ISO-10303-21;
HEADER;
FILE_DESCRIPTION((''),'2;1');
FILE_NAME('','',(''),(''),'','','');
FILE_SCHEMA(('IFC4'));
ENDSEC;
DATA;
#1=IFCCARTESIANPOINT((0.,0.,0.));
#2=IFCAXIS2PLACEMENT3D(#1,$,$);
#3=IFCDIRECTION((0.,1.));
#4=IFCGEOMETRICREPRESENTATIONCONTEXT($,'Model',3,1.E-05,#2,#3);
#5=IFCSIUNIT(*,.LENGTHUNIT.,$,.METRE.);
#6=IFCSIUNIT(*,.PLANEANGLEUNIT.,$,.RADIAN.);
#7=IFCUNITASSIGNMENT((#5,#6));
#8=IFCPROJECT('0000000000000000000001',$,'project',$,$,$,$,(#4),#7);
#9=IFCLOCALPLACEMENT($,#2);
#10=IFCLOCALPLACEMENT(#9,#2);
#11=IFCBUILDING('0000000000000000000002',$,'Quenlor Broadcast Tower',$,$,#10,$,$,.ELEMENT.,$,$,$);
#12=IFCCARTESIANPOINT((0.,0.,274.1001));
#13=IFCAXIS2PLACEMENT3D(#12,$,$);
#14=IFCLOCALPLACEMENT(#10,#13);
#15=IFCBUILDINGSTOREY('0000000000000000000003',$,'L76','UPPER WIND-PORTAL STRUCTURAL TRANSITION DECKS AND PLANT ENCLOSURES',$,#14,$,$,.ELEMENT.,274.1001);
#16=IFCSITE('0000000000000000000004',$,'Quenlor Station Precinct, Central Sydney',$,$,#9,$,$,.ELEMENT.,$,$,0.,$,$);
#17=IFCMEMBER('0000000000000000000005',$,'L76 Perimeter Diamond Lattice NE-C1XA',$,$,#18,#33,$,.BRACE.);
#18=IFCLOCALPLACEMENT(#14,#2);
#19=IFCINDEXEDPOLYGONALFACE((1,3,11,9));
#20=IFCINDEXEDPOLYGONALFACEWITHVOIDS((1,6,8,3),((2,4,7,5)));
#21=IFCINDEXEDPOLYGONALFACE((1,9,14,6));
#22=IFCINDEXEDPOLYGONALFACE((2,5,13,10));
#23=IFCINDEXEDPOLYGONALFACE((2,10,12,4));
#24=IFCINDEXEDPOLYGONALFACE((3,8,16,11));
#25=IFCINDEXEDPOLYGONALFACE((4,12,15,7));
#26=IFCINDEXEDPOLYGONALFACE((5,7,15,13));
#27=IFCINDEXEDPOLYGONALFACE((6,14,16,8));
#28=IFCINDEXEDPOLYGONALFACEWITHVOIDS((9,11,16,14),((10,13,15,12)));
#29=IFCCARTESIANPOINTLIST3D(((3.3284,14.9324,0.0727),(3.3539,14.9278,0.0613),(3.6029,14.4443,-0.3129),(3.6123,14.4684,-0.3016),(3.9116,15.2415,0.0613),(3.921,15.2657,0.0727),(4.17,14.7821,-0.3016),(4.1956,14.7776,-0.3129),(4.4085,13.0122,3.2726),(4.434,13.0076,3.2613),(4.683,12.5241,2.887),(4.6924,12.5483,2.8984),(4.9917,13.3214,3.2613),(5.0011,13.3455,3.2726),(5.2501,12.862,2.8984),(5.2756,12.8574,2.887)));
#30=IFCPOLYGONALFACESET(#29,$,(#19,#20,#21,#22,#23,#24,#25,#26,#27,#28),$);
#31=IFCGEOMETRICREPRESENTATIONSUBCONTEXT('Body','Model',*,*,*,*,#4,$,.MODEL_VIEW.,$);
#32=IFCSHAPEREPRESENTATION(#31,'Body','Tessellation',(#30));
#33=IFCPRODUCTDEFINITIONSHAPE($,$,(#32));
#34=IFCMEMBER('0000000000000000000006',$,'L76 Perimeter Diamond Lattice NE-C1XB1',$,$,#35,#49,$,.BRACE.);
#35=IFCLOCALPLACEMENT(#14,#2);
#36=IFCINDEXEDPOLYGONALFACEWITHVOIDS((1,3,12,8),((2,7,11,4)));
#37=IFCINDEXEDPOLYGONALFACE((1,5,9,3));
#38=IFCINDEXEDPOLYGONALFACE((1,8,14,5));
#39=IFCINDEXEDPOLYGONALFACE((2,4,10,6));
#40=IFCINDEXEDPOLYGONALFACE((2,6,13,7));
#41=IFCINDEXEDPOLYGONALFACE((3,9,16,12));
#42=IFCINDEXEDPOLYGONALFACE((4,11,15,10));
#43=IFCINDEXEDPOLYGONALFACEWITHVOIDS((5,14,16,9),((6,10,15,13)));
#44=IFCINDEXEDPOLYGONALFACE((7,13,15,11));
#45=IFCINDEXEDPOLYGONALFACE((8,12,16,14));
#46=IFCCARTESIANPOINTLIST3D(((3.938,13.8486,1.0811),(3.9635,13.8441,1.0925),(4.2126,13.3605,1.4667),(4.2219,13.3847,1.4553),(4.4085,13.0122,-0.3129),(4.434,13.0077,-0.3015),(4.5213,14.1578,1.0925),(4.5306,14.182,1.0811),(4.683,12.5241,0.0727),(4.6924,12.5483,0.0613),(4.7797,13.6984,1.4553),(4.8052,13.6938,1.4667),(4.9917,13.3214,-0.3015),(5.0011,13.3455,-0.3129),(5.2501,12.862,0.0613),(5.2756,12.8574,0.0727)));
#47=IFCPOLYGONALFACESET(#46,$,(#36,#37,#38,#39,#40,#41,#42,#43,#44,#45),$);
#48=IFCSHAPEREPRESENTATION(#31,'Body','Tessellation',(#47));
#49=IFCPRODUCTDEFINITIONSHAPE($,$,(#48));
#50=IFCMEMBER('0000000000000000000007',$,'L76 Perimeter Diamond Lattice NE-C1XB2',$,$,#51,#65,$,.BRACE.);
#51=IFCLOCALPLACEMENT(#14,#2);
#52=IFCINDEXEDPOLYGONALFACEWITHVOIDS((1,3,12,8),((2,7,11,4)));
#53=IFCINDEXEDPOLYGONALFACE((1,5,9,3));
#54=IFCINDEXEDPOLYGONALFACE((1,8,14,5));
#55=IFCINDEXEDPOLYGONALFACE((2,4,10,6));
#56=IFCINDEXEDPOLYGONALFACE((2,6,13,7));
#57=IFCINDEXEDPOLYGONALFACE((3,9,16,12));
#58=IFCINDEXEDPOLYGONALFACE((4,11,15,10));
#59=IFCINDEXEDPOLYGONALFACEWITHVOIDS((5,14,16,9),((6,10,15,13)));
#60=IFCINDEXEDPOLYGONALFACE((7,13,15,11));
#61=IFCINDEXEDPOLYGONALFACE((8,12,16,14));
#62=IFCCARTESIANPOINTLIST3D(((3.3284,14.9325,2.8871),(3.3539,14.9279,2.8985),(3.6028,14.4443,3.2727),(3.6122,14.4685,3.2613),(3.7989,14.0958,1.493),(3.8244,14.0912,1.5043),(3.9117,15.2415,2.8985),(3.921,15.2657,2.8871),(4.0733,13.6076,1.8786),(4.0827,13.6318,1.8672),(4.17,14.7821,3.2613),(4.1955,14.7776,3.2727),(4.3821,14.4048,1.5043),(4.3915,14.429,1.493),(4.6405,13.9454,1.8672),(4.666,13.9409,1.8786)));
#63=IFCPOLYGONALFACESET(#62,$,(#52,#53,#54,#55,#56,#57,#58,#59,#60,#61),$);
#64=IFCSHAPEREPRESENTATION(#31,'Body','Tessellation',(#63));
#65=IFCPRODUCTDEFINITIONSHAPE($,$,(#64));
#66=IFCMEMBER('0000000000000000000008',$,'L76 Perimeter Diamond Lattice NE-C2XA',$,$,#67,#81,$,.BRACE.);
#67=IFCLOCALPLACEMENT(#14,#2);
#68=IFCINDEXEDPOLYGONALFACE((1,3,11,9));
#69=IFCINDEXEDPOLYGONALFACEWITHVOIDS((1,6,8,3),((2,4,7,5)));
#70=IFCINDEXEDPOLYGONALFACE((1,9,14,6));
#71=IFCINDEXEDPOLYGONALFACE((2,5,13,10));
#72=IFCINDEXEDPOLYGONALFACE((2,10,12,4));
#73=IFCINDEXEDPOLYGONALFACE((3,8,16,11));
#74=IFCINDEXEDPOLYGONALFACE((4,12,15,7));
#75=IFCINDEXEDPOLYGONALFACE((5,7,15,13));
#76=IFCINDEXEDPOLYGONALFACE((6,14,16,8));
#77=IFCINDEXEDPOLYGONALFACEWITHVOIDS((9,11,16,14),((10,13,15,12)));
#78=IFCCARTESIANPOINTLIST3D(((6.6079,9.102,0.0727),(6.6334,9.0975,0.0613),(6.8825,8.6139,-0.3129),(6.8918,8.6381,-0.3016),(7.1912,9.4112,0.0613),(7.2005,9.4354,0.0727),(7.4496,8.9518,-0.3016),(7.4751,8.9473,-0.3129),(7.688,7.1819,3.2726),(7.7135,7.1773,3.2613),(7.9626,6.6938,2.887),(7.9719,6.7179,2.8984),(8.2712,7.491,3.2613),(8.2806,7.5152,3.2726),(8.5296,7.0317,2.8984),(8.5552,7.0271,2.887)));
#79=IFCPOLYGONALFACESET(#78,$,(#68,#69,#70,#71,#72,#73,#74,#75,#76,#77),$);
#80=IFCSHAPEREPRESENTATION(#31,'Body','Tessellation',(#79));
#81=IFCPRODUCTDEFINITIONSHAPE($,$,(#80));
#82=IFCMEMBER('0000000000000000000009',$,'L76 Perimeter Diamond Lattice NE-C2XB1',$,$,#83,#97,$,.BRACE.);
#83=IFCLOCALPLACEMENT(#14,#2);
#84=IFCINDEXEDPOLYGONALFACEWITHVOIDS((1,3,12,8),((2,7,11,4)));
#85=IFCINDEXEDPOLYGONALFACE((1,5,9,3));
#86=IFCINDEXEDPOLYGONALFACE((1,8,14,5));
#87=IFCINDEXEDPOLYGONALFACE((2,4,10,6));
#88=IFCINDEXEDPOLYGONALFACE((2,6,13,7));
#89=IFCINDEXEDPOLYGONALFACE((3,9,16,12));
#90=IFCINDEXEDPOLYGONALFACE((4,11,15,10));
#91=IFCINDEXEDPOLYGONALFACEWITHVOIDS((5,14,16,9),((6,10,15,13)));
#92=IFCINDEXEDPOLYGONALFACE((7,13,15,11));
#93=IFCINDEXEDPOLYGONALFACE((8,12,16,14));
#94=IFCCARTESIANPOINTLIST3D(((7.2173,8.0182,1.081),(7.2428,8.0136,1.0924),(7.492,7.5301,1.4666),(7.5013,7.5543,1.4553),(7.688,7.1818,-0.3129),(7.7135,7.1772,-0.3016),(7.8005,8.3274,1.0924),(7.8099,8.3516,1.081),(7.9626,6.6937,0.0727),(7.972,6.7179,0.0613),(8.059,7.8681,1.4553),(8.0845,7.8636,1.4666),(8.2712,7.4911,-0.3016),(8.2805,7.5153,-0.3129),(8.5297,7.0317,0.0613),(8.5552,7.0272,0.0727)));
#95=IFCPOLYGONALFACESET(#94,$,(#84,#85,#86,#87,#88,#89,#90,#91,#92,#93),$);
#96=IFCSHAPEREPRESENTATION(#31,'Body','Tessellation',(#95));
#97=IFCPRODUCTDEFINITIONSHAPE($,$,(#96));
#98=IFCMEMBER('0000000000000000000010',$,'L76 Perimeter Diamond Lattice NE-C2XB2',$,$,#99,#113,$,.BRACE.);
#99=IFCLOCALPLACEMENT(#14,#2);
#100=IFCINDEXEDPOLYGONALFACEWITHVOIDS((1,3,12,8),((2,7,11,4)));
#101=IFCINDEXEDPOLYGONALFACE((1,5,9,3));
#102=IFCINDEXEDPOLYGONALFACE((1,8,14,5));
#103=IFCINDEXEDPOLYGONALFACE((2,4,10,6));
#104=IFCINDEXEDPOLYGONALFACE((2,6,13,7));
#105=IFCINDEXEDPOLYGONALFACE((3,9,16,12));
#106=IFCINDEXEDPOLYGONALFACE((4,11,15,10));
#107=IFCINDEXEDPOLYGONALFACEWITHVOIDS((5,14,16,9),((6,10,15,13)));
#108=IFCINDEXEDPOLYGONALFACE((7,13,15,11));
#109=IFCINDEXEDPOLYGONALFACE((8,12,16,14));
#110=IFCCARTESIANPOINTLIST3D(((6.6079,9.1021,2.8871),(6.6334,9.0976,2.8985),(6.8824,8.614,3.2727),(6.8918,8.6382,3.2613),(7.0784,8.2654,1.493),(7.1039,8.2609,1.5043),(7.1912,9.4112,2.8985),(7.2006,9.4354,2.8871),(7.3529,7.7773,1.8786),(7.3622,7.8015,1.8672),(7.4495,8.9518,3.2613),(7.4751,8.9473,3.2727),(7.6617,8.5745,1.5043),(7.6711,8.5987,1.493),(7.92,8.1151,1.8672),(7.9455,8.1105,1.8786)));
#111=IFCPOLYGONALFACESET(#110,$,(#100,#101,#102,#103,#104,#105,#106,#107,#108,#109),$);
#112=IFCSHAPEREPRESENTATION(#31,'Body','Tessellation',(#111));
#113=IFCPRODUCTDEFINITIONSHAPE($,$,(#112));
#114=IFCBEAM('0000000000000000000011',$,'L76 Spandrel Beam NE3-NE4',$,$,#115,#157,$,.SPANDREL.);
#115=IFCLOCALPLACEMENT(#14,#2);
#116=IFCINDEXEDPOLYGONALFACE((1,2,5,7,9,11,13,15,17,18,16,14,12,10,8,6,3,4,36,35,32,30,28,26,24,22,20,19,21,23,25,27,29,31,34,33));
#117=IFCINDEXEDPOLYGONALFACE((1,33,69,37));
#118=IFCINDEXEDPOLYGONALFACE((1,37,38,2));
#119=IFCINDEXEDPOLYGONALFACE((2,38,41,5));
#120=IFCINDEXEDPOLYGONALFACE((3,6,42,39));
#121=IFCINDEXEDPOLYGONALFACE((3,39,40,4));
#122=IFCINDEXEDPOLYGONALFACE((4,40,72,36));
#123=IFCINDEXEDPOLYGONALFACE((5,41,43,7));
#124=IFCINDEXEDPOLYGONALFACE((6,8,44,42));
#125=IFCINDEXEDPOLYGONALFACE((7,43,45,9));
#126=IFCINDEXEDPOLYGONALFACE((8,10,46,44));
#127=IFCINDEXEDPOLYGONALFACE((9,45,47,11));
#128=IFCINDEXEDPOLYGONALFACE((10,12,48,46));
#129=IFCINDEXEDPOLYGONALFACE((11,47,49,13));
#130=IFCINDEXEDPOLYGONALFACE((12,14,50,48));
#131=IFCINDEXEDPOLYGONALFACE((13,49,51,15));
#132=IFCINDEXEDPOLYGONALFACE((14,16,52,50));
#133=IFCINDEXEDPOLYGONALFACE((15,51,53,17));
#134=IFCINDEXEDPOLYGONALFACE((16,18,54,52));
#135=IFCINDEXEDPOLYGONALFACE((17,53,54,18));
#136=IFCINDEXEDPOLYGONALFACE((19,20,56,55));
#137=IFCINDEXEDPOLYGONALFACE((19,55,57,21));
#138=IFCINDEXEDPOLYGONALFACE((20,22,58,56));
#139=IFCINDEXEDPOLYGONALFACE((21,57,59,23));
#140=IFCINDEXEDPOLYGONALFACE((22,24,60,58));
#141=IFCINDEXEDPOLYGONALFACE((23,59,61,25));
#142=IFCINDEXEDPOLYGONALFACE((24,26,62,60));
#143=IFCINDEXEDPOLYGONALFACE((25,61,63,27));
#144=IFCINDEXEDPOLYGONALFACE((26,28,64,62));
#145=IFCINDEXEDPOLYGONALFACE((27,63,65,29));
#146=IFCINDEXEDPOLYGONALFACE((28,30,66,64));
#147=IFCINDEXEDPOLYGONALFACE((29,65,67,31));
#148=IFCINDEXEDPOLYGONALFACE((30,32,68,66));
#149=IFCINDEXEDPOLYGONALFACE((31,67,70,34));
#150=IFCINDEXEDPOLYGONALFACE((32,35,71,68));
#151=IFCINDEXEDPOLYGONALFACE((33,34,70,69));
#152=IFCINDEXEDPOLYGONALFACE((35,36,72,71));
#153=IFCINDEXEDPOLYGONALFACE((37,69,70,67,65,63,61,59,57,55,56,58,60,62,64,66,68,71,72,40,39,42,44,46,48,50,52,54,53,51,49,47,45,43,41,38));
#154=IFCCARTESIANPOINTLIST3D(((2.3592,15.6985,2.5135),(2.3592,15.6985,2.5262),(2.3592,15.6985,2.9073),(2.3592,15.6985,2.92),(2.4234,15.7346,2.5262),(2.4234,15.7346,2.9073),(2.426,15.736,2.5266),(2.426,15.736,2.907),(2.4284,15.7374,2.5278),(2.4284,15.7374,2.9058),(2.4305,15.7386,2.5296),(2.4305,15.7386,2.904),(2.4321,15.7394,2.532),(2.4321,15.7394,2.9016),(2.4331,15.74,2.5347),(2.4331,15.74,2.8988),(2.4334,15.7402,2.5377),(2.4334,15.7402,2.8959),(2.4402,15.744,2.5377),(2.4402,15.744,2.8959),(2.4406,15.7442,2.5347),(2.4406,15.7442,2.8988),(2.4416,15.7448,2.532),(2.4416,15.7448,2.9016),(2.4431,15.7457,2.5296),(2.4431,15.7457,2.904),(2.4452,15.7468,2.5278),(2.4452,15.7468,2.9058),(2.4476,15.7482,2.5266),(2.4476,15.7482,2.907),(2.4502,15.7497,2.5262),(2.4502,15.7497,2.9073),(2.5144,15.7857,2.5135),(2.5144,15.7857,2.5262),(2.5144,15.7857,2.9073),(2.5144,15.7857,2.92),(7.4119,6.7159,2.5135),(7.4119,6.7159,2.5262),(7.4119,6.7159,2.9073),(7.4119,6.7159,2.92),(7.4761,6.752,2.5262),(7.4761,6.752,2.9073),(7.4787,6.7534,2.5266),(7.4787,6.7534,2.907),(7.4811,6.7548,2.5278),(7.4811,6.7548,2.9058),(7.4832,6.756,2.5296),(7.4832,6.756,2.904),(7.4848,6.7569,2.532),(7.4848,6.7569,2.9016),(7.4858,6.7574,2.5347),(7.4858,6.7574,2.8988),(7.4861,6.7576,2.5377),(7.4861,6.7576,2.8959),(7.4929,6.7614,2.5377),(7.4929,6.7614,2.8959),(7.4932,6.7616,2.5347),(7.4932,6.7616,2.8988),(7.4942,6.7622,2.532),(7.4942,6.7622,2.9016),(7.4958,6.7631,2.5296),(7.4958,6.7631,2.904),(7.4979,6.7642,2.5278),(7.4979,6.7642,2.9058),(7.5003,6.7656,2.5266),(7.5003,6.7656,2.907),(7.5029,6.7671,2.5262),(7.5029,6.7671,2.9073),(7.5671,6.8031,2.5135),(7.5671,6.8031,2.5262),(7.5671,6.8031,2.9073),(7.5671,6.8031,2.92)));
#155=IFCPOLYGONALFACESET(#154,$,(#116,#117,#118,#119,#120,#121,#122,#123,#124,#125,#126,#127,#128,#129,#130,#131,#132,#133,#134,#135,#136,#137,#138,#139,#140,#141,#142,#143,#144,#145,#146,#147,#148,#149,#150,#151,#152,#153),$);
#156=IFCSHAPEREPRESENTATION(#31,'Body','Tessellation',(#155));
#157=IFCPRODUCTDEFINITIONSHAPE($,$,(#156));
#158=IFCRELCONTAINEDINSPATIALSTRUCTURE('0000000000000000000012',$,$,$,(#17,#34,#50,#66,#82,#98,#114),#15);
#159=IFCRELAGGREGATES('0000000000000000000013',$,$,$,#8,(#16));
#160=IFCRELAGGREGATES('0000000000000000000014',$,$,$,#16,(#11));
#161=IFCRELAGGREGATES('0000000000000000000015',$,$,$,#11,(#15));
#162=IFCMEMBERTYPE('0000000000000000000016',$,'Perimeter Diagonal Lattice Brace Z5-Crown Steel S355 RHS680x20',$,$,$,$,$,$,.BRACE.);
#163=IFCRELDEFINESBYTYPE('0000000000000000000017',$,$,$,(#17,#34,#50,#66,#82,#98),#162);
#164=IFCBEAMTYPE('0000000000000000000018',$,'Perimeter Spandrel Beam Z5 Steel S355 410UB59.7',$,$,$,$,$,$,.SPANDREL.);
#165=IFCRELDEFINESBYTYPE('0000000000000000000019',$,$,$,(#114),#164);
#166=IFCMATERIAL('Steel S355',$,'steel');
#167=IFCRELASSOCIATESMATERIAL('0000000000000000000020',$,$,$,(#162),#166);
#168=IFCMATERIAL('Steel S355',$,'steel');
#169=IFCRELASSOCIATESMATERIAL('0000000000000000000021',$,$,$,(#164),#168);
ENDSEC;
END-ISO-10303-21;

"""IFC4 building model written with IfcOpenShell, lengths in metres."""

from ifc_helpers import new_model, si_unit, direction, frame, origin, origin_2d, place, context, subcontext, project, spatial, hollow_rectangle, i_section, extrude, material, material_profile, profile_set, type_object, element, save


model = new_model("IFC4")

# Units and contexts
model_context = context("Model", 3, precision=1e-05, world=origin(), true_north=direction((0.0, 1.0)))
body_context = subcontext(model_context, "Body", "Model", "MODEL_VIEW")
ifc_project = project(units=[si_unit("LENGTHUNIT", "METRE"), si_unit("PLANEANGLEUNIT", "RADIAN")], contexts=[model_context])

# Site, building, storey
site_placement = place(None, origin())
site = spatial("IfcSite", under=ifc_project, at=site_placement, Name="Quenlor Station Precinct, Central Sydney", CompositionType="ELEMENT", RefElevation=0.0)
building_placement = place(site_placement, origin())
building = spatial("IfcBuilding", under=site, at=building_placement, Name="Quenlor Broadcast Tower", CompositionType="ELEMENT")
storey_placement = place(building_placement, frame((0.0, 0.0, 274.1001)))
storey = spatial("IfcBuildingStorey", under=building, at=storey_placement, Name="L76", Description="UPPER WIND-PORTAL STRUCTURAL TRANSITION DECKS AND PLANT ENCLOSURES", CompositionType="ELEMENT", Elevation=274.1001)

# Members
ifc_material_1 = material(Name="Steel S355", Category="steel")
ifc_material_profile_1 = material_profile(ifc_material_1, hollow_rectangle(XDim=0.6799, YDim=0.6799, WallThickness=0.02, at=origin_2d()))
ifc_profile_set_1 = profile_set([ifc_material_profile_1], Name="Steel S355 RHS680x680x20")
member_type_1 = type_object("IfcMemberType", Name="Perimeter Diagonal Lattice Brace Z5-Crown Steel S355 RHS680x20", PredefinedType="BRACE", material=ifc_profile_set_1)
member_1_placement = place(storey_placement, frame((3.762, 14.855, -0.1201), z_axis=(0.278012, -0.49425, 0.823666), x_axis=(0.871578, 0.490256, 0.0)))
element("IfcMember", 1, at=member_1_placement, inside=storey, type_object=member_type_1, Name="L76 Perimeter Diamond Lattice NE-C1XA", PredefinedType="BRACE", context=body_context, shape_type="SweptSolid", body=[
    extrude(hollow_rectangle(XDim=0.6799, YDim=0.6799, WallThickness=0.02, at=origin_2d()), origin(), (0.0, 0.0, 1.0), 3.885),
])
member_2_placement = place(storey_placement, frame((4.842, 12.9348, -0.1201), z_axis=(-0.27798, 0.494218, 0.823697), x_axis=(-0.871589, -0.490237, 0.0)))
element("IfcMember", 2, at=member_2_placement, inside=storey, type_object=member_type_1, Name="L76 Perimeter Diamond Lattice NE-C1XB1", PredefinedType="BRACE", context=body_context, shape_type="SweptSolid", body=[
    extrude(hollow_rectangle(XDim=0.6799, YDim=0.6799, WallThickness=0.02, at=origin_2d()), origin(), (0.0, 0.0, 1.0), 1.6924),
])
member_3_placement = place(storey_placement, frame((4.2324, 14.0183, 1.6858), z_axis=(-0.27796, 0.494327, 0.823638), x_axis=(-0.87165, -0.490128, 0.0)))
element("IfcMember", 3, at=member_3_placement, inside=storey, type_object=member_type_1, Name="L76 Perimeter Diamond Lattice NE-C1XB2", PredefinedType="BRACE", context=body_context, shape_type="SweptSolid", body=[
    extrude(hollow_rectangle(XDim=0.6799, YDim=0.6799, WallThickness=0.02, at=origin_2d()), origin(), (0.0, 0.0, 1.0), 1.6926),
])
member_4_placement = place(storey_placement, frame((7.0415, 9.0247, -0.1201), z_axis=(0.278012, -0.49425, 0.823666), x_axis=(0.871578, 0.490256, 0.0)))
element("IfcMember", 4, at=member_4_placement, inside=storey, type_object=member_type_1, Name="L76 Perimeter Diamond Lattice NE-C2XA", PredefinedType="BRACE", context=body_context, shape_type="SweptSolid", body=[
    extrude(hollow_rectangle(XDim=0.6799, YDim=0.6799, WallThickness=0.02, at=origin_2d()), origin(), (0.0, 0.0, 1.0), 3.885),
])
member_5_placement = place(storey_placement, frame((8.1216, 7.1045, -0.1201), z_axis=(-0.278113, 0.494198, 0.823664), x_axis=(-0.87148, -0.49043, 0.0)))
element("IfcMember", 5, at=member_5_placement, inside=storey, type_object=member_type_1, Name="L76 Perimeter Diamond Lattice NE-C2XB1", PredefinedType="BRACE", context=body_context, shape_type="SweptSolid", body=[
    extrude(hollow_rectangle(XDim=0.6799, YDim=0.6799, WallThickness=0.02, at=origin_2d()), origin(), (0.0, 0.0, 1.0), 1.6924),
])
member_6_placement = place(storey_placement, frame((7.512, 8.188, 1.6858), z_axis=(-0.27796, 0.494327, 0.823638), x_axis=(-0.87165, -0.490128, 0.0)))
element("IfcMember", 6, at=member_6_placement, inside=storey, type_object=member_type_1, Name="L76 Perimeter Diamond Lattice NE-C2XB2", PredefinedType="BRACE", context=body_context, shape_type="SweptSolid", body=[
    extrude(hollow_rectangle(XDim=0.6799, YDim=0.6799, WallThickness=0.02, at=origin_2d()), origin(), (0.0, 0.0, 1.0), 1.6926),
])

# Beam
ifc_material_2 = material(Name="Steel S355", Category="steel")
ifc_material_profile_2 = material_profile(ifc_material_2, i_section(OverallWidth=0.178, OverallDepth=0.4065, WebThickness=0.0078, FlangeThickness=0.0127, FilletRadius=0.0115, at=origin_2d()))
ifc_profile_set_2 = profile_set([ifc_material_profile_2], Name="Steel S355 410UB59.7")
beam_type_1 = type_object("IfcBeamType", Name="Perimeter Spandrel Beam Z5 Steel S355 410UB59.7", PredefinedType="SPANDREL", material=ifc_profile_set_2)
beam_1_placement = place(storey_placement, frame((7.4895, 6.7595, 2.7168), z_axis=(-0.49026, 0.871576, 0.0), x_axis=(-0.871576, -0.49026, 0.0)))
element("IfcBeam", 7, at=beam_1_placement, inside=storey, type_object=beam_type_1, Name="L76 Spandrel Beam NE3-NE4", PredefinedType="SPANDREL", context=body_context, shape_type="SweptSolid", body=[
    extrude(i_section(OverallWidth=0.178, OverallDepth=0.4065, WebThickness=0.0078, FlangeThickness=0.0127, FilletRadius=0.0115, at=origin_2d()), origin(), (0.0, 0.0, 1.0), 10.3062),
])

save(model, "model.ifc")
